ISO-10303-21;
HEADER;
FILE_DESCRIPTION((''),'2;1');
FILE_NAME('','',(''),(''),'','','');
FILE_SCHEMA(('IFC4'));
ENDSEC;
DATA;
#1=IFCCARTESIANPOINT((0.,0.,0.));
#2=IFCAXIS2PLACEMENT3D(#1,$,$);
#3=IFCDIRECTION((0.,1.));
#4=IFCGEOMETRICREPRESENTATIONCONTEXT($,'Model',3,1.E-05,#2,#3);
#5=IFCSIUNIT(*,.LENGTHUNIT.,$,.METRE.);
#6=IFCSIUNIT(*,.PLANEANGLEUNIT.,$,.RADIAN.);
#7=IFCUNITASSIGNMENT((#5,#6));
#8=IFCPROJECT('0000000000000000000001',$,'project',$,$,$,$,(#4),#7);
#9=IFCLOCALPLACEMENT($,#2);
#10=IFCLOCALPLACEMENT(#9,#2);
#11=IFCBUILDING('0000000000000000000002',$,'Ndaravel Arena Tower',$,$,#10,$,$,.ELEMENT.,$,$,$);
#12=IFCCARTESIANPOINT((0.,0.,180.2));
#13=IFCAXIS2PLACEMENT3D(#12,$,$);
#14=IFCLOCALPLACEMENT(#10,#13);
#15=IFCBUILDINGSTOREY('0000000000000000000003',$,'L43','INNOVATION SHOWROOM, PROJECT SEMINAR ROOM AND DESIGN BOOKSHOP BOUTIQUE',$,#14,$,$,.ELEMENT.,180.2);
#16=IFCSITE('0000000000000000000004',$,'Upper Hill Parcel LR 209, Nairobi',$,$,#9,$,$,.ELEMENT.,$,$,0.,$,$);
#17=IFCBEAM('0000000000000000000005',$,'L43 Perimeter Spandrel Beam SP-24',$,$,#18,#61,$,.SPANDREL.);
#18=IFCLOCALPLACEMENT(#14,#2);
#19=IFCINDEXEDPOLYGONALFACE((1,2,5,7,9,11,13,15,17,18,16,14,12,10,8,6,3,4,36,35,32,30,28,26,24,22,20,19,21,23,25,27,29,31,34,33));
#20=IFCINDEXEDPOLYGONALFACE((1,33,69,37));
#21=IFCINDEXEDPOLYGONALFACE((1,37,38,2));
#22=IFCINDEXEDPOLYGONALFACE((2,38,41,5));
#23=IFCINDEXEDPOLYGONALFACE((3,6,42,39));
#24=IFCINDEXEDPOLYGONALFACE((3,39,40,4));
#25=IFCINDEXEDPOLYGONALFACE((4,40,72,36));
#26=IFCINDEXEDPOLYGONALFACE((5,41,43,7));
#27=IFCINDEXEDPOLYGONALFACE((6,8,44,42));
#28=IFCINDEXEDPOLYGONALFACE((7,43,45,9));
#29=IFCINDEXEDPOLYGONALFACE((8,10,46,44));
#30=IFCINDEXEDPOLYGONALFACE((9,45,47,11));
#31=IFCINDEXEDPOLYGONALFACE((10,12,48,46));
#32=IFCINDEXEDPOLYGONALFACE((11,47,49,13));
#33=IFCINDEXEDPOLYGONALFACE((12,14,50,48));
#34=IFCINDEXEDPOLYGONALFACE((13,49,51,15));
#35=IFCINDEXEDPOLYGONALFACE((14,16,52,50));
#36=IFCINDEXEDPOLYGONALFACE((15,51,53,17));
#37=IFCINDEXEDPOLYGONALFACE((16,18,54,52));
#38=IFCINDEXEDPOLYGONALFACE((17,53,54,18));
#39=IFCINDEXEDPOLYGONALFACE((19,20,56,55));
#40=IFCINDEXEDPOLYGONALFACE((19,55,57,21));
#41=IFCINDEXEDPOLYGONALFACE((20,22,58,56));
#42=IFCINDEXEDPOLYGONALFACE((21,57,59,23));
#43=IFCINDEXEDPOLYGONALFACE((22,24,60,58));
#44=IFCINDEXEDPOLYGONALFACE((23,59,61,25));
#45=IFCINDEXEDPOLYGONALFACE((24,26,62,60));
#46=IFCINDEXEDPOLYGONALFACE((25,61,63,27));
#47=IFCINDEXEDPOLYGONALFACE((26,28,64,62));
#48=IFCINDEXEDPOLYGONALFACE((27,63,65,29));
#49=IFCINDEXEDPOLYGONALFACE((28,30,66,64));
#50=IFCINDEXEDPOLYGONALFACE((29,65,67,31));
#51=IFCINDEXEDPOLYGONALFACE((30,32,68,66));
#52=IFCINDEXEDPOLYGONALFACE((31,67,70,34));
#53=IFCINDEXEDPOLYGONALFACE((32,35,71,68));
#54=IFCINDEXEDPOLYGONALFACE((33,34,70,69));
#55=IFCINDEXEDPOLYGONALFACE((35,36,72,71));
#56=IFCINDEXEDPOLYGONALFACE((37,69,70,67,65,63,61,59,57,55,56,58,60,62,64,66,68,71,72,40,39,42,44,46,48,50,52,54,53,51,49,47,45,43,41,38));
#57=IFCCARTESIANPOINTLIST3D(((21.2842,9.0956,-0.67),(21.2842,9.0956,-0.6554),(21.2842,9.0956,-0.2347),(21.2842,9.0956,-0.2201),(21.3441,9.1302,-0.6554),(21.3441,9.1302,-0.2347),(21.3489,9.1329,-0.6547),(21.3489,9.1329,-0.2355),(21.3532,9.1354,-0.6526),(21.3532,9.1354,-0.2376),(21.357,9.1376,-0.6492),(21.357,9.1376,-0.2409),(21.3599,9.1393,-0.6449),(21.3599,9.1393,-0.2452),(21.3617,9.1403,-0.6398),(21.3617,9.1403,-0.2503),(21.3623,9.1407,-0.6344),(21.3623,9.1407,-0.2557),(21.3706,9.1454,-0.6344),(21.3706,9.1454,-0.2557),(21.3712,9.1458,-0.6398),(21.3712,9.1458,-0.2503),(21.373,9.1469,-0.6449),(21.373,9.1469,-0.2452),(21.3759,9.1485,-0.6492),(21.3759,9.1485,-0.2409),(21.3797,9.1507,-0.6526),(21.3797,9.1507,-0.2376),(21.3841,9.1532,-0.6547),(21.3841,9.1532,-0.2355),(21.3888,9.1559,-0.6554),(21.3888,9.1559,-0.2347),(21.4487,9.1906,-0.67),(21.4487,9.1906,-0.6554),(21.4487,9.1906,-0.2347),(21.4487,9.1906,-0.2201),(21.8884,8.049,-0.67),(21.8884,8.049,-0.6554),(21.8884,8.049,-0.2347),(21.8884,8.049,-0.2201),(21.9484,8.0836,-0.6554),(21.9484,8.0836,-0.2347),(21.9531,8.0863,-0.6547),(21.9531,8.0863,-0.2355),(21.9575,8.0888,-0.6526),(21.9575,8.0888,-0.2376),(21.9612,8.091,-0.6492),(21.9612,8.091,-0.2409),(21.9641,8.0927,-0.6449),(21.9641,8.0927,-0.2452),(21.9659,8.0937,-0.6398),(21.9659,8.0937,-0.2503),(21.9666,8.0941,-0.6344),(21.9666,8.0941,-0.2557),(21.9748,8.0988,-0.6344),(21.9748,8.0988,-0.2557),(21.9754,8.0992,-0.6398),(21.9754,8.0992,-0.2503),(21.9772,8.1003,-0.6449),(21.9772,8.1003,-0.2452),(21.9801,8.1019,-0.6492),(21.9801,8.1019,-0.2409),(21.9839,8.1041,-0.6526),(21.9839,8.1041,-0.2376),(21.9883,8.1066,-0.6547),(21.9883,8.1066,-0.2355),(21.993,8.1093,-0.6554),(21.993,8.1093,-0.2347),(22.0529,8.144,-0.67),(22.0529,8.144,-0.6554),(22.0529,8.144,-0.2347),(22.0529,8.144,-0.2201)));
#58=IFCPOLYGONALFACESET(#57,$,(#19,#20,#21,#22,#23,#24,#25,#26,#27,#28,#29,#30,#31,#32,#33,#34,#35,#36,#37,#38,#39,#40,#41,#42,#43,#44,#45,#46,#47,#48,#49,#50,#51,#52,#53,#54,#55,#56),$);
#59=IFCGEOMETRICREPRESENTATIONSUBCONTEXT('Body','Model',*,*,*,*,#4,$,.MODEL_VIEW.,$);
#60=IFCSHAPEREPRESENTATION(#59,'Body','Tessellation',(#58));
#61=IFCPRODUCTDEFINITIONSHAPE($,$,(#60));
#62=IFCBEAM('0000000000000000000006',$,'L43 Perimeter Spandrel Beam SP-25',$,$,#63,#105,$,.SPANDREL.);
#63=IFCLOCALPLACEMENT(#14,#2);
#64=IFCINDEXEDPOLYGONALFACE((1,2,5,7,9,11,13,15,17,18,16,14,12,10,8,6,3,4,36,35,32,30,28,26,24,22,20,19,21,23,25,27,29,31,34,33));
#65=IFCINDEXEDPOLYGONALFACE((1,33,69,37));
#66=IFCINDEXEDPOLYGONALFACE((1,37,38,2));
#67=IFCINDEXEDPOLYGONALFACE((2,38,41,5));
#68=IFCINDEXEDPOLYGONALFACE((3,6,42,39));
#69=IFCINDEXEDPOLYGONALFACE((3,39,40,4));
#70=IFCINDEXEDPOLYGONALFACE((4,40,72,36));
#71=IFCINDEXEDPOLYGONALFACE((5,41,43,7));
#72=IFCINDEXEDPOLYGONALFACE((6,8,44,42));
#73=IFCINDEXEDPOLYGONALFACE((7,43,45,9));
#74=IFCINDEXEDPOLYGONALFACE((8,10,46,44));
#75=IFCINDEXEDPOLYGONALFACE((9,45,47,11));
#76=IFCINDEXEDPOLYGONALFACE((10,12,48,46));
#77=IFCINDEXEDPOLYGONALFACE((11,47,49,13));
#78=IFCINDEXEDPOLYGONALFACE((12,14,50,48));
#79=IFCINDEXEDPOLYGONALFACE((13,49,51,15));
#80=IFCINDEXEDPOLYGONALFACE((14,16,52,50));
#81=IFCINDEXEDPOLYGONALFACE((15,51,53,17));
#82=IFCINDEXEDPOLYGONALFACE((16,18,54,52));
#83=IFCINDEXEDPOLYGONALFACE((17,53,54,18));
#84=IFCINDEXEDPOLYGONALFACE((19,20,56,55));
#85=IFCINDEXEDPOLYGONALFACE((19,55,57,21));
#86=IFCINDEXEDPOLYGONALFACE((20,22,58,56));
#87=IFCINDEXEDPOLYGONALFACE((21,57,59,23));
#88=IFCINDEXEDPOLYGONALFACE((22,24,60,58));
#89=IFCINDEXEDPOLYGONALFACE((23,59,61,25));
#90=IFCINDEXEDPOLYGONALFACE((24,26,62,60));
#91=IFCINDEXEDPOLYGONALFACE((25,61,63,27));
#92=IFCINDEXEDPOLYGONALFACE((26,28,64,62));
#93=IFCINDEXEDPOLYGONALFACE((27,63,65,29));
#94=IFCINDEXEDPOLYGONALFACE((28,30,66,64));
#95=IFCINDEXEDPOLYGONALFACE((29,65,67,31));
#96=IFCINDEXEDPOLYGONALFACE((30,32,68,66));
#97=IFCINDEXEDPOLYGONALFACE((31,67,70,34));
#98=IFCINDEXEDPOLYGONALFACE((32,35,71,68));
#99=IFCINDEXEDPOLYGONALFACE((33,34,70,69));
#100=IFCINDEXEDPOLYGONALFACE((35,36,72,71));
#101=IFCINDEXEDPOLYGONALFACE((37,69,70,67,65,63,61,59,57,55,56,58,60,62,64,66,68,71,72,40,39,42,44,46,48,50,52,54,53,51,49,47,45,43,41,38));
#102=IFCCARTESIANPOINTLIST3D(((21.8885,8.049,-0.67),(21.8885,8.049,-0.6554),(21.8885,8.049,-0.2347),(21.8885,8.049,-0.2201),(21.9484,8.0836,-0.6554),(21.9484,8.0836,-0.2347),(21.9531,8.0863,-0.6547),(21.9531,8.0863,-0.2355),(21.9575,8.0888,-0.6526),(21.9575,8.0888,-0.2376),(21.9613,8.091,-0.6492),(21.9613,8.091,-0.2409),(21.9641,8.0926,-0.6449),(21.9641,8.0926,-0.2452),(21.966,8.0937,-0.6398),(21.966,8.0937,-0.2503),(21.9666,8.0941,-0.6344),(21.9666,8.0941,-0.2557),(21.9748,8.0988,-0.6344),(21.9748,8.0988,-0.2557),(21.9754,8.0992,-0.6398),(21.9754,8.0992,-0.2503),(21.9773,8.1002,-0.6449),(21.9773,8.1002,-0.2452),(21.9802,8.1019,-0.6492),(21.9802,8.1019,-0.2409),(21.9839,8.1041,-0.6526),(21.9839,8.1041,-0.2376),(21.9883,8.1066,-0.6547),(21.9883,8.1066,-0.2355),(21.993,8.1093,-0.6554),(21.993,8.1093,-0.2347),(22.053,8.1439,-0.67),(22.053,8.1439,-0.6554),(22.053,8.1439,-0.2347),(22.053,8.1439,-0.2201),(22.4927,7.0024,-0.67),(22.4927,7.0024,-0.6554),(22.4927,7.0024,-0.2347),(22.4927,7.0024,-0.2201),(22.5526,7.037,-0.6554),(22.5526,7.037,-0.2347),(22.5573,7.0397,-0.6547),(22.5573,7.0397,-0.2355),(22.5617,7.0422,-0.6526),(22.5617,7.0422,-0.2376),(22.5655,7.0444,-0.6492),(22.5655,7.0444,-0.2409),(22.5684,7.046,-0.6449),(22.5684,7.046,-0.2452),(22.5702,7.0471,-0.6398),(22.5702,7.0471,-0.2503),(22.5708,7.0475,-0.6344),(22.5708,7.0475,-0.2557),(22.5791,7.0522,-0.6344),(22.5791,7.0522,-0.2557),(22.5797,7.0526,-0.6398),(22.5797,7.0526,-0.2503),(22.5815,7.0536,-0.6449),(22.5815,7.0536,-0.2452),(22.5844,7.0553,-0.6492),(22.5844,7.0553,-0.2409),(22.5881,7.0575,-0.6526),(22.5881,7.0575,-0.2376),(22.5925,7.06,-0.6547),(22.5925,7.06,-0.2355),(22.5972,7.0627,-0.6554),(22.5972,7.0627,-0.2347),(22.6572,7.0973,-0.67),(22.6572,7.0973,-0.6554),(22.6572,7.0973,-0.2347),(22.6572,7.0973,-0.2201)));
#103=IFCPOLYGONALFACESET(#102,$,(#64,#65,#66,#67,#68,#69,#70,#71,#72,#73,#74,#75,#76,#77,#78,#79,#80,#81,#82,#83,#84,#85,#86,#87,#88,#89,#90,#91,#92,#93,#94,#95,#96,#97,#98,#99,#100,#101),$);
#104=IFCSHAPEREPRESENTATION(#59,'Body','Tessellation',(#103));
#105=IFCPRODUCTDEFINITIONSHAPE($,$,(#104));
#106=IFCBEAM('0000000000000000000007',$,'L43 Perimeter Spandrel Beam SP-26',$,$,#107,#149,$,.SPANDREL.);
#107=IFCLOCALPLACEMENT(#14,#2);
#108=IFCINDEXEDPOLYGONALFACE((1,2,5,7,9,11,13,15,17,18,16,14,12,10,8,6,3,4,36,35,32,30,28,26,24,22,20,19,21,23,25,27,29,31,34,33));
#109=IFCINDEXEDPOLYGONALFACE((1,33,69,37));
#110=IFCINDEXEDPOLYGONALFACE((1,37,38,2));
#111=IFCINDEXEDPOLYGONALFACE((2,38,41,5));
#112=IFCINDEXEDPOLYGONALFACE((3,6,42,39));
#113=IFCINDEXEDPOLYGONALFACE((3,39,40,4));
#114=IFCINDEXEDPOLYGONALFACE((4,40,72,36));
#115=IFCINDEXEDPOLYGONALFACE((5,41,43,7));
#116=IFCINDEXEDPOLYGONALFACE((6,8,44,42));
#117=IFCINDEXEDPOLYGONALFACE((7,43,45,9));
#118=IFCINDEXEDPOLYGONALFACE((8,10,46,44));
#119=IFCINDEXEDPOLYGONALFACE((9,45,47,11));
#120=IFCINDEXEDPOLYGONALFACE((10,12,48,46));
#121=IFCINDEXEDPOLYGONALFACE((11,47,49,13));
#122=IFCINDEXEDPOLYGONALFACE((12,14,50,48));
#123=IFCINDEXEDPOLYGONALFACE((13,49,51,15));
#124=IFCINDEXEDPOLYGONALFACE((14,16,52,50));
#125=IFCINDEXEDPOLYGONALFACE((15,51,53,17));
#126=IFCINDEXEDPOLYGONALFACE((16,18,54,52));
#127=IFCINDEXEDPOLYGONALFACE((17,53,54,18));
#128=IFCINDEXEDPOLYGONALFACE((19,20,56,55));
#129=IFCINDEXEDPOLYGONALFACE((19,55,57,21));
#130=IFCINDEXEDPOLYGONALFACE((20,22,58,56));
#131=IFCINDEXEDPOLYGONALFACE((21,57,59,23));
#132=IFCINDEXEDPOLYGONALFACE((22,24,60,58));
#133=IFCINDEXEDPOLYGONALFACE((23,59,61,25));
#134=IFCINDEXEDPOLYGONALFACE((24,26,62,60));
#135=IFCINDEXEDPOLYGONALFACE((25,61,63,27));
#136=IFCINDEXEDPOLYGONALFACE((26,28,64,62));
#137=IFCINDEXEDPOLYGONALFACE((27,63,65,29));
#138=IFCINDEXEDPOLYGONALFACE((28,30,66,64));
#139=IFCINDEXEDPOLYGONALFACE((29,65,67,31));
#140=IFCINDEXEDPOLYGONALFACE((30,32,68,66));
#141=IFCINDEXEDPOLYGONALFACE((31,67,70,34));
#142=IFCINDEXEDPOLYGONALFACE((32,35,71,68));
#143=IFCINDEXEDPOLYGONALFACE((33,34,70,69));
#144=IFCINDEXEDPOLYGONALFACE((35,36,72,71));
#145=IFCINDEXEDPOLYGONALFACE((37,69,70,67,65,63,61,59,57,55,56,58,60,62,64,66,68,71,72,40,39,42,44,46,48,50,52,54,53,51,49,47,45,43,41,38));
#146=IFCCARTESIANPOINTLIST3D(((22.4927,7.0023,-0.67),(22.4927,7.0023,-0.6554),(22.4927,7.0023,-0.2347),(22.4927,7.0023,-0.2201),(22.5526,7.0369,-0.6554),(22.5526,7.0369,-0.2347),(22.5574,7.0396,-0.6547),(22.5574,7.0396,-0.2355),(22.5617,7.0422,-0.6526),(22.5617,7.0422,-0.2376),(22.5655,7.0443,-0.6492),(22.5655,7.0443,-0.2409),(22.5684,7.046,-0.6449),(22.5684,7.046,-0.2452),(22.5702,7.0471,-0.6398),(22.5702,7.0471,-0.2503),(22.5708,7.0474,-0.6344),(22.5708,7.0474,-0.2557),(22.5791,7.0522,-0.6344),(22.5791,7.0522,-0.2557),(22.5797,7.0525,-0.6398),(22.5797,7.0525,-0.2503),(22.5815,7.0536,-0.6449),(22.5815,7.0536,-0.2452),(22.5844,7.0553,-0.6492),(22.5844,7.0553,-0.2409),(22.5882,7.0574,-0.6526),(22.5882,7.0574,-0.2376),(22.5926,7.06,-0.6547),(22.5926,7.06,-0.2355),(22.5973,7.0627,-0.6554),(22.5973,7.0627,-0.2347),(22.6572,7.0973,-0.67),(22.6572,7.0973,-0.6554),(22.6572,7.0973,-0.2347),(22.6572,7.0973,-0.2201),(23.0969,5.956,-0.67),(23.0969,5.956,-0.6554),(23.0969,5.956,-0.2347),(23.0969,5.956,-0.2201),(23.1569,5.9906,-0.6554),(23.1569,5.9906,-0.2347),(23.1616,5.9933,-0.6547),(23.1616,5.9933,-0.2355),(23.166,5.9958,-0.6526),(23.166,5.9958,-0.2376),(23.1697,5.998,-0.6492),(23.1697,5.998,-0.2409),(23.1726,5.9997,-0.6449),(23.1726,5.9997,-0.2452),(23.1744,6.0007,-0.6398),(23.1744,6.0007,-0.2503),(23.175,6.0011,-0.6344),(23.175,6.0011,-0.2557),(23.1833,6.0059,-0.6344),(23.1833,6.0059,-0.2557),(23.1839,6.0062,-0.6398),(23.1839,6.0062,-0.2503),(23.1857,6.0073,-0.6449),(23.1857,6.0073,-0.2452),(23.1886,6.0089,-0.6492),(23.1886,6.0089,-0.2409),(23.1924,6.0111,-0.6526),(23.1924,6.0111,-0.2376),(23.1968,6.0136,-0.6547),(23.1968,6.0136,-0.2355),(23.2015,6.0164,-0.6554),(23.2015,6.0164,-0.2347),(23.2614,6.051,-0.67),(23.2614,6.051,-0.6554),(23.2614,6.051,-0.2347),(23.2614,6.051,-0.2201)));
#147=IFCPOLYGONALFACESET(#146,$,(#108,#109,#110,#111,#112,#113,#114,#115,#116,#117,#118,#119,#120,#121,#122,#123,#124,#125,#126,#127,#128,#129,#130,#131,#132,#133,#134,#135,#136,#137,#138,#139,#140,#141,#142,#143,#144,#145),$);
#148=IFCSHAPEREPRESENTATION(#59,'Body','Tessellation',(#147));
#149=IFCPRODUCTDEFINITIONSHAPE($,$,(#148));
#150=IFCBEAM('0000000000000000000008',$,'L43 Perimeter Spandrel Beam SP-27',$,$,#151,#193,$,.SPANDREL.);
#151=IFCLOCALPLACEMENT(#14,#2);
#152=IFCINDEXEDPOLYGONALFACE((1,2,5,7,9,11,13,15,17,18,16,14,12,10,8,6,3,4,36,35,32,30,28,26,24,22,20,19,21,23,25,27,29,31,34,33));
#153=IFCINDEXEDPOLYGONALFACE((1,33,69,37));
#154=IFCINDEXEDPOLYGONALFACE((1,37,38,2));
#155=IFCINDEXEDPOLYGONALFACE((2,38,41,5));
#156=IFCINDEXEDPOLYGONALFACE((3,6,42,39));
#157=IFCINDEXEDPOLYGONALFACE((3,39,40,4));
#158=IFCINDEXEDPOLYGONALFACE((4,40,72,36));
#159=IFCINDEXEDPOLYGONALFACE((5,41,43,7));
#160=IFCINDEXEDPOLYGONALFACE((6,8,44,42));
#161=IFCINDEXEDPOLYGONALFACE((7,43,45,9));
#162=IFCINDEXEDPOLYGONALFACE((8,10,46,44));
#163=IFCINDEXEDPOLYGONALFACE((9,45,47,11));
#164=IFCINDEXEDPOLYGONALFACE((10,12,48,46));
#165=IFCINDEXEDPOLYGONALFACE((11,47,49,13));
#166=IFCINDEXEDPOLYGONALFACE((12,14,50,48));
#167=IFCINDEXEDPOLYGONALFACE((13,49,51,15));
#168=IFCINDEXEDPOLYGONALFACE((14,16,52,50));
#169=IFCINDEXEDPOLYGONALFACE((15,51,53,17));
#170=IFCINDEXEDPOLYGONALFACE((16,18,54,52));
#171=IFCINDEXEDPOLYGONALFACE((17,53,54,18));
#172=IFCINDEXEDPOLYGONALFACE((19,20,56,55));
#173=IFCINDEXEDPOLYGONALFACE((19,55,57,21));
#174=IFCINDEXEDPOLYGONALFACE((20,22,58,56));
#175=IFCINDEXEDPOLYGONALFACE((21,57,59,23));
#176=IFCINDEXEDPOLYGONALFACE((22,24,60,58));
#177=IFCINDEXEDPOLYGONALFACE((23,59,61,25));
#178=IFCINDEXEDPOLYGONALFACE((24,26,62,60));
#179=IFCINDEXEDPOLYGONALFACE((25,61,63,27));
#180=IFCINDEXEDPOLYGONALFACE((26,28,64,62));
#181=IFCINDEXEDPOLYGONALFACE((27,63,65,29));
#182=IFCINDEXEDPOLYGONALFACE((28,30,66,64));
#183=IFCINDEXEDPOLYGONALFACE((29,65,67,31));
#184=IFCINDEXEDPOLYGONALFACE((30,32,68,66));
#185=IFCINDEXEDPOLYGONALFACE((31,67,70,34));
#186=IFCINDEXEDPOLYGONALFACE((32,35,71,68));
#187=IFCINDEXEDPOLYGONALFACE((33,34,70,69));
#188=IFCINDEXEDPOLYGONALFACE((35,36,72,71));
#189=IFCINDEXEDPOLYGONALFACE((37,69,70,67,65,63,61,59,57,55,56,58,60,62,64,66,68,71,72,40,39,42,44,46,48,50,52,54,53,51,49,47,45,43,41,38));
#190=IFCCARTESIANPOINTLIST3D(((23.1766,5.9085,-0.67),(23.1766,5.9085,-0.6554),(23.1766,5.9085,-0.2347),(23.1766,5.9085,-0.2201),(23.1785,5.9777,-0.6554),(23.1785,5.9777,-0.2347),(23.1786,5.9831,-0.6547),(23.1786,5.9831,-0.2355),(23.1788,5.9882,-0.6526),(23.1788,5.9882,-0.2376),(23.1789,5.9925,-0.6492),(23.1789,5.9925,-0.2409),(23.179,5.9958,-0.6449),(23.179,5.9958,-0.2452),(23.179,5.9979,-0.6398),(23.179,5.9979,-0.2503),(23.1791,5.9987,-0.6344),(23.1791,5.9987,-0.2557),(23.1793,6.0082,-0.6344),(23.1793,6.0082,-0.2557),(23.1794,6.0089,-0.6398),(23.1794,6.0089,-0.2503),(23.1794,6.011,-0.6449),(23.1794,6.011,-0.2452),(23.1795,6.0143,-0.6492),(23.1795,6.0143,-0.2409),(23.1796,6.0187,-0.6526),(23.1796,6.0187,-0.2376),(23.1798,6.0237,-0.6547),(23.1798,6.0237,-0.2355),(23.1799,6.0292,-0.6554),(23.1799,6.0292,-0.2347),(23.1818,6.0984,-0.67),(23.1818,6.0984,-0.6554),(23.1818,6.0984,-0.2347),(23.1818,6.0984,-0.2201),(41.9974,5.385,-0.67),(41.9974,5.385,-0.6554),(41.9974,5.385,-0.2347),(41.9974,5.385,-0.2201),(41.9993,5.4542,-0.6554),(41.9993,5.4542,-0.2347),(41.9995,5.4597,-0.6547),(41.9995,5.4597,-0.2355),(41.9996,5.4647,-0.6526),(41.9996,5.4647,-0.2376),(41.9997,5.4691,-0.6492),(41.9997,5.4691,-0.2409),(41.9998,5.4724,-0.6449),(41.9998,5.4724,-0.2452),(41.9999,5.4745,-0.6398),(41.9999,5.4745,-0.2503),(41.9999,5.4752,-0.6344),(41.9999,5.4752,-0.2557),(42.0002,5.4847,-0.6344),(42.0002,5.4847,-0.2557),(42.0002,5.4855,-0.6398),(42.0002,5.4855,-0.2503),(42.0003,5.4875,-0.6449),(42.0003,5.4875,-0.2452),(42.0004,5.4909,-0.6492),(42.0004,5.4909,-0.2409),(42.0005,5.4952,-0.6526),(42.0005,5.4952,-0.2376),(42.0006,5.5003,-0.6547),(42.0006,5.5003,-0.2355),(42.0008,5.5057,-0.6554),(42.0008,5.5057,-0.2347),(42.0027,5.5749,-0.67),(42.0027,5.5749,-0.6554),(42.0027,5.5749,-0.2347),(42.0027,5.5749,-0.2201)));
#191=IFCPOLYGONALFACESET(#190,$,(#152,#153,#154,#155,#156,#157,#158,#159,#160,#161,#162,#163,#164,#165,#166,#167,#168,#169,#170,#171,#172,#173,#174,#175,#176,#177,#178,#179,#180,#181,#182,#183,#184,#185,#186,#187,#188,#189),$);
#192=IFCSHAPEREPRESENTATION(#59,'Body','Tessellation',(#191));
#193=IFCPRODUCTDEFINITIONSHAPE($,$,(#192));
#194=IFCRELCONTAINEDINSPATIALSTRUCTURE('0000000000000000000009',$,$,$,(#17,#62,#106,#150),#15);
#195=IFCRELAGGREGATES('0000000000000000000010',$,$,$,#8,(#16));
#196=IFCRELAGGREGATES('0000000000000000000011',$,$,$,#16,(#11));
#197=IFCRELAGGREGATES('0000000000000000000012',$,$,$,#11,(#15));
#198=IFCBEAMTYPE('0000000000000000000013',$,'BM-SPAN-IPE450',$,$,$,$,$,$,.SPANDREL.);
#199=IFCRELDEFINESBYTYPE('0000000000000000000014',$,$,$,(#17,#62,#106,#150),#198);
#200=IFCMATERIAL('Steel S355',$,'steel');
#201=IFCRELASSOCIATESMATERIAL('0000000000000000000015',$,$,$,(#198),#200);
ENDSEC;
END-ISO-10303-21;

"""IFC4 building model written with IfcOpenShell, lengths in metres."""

from ifc_helpers import new_model, si_unit, direction, frame, origin, origin_2d, place, context, subcontext, project, spatial, i_section, extrude, material, material_profile, profile_set, type_object, element, save


model = new_model("IFC4")

# Units and contexts
model_context = context("Model", 3, precision=1e-05, world=origin(), true_north=direction((0.0, 1.0)))
body_context = subcontext(model_context, "Body", "Model", "MODEL_VIEW")
ifc_project = project(units=[si_unit("LENGTHUNIT", "METRE"), si_unit("PLANEANGLEUNIT", "RADIAN")], contexts=[model_context])

# Site, building, storey
site_placement = place(None, origin())
site = spatial("IfcSite", under=ifc_project, at=site_placement, Name="Upper Hill Parcel LR 209, Nairobi", CompositionType="ELEMENT", RefElevation=0.0)
building_placement = place(site_placement, origin())
building = spatial("IfcBuilding", under=site, at=building_placement, Name="Ndaravel Arena Tower", CompositionType="ELEMENT")
storey_placement = place(building_placement, frame((0.0, 0.0, 180.2)))
storey = spatial("IfcBuildingStorey", under=building, at=storey_placement, Name="L43", Description="INNOVATION SHOWROOM, PROJECT SEMINAR ROOM AND DESIGN BOOKSHOP BOUTIQUE", CompositionType="ELEMENT", Elevation=180.2)

# Beams
ifc_material_1 = material(Name="Steel S355", Category="steel")
ifc_material_profile_1 = material_profile(ifc_material_1, i_section(OverallWidth=0.1899, OverallDepth=0.45, WebThickness=0.0095, FlangeThickness=0.0146, FilletRadius=0.021, at=origin_2d()), Name="IPE 450")
ifc_profile_set_1 = profile_set([ifc_material_profile_1], Name="Steel S355")
beam_type = type_object("IfcBeamType", Name="BM-SPAN-IPE450", PredefinedType="SPANDREL", material=ifc_profile_set_1)
for number, where, z_axis, x_axis, name in (
    (1, (21.3665, 9.1431, -0.4451), (0.499985, -0.866034, 0.0), (0.866034, 0.499985, 0.0), "L43 Perimeter Spandrel Beam SP-24"),
    (2, (21.9707, 8.0964, -0.4451), (0.499985, -0.866034, 0.0), (0.866034, 0.499985, 0.0), "L43 Perimeter Spandrel Beam SP-25"),
):
    element("IfcBeam", number, at=place(storey_placement, frame(where, z_axis=z_axis, x_axis=x_axis)), inside=storey, type_object=beam_type, Name=name, PredefinedType="SPANDREL", context=body_context, shape_type="SweptSolid", body=[
        extrude(i_section(OverallWidth=0.1899, OverallDepth=0.45, WebThickness=0.0095, FlangeThickness=0.0146, FilletRadius=0.021, at=origin_2d()), origin(), (0.0, 0.0, 1.0), 1.2085),
    ])
beam_1_placement = place(storey_placement, frame((22.575, 7.0498, -0.4451), z_axis=(0.500072, -0.865984, 0.0), x_axis=(0.865984, 0.500072, 0.0)))
element("IfcBeam", 3, at=beam_1_placement, inside=storey, type_object=beam_type, Name="L43 Perimeter Spandrel Beam SP-26", PredefinedType="SPANDREL", context=body_context, shape_type="SweptSolid", body=[
    extrude(i_section(OverallWidth=0.1899, OverallDepth=0.45, WebThickness=0.0095, FlangeThickness=0.0146, FilletRadius=0.021, at=origin_2d()), origin(), (0.0, 0.0, 1.0), 1.2083),
])
beam_2_placement = place(storey_placement, frame((23.1792, 6.0034, -0.4451), z_axis=(0.999613, -0.027801, 0.0), x_axis=(0.027801, 0.999613, 0.0)))
element("IfcBeam", 4, at=beam_2_placement, inside=storey, type_object=beam_type, Name="L43 Perimeter Spandrel Beam SP-27", PredefinedType="SPANDREL", context=body_context, shape_type="SweptSolid", body=[
    extrude(i_section(OverallWidth=0.1899, OverallDepth=0.45, WebThickness=0.0095, FlangeThickness=0.0146, FilletRadius=0.021, at=origin_2d()), origin(), (0.0, 0.0, 1.0), 18.8281),
])

save(model, "model.ifc")
